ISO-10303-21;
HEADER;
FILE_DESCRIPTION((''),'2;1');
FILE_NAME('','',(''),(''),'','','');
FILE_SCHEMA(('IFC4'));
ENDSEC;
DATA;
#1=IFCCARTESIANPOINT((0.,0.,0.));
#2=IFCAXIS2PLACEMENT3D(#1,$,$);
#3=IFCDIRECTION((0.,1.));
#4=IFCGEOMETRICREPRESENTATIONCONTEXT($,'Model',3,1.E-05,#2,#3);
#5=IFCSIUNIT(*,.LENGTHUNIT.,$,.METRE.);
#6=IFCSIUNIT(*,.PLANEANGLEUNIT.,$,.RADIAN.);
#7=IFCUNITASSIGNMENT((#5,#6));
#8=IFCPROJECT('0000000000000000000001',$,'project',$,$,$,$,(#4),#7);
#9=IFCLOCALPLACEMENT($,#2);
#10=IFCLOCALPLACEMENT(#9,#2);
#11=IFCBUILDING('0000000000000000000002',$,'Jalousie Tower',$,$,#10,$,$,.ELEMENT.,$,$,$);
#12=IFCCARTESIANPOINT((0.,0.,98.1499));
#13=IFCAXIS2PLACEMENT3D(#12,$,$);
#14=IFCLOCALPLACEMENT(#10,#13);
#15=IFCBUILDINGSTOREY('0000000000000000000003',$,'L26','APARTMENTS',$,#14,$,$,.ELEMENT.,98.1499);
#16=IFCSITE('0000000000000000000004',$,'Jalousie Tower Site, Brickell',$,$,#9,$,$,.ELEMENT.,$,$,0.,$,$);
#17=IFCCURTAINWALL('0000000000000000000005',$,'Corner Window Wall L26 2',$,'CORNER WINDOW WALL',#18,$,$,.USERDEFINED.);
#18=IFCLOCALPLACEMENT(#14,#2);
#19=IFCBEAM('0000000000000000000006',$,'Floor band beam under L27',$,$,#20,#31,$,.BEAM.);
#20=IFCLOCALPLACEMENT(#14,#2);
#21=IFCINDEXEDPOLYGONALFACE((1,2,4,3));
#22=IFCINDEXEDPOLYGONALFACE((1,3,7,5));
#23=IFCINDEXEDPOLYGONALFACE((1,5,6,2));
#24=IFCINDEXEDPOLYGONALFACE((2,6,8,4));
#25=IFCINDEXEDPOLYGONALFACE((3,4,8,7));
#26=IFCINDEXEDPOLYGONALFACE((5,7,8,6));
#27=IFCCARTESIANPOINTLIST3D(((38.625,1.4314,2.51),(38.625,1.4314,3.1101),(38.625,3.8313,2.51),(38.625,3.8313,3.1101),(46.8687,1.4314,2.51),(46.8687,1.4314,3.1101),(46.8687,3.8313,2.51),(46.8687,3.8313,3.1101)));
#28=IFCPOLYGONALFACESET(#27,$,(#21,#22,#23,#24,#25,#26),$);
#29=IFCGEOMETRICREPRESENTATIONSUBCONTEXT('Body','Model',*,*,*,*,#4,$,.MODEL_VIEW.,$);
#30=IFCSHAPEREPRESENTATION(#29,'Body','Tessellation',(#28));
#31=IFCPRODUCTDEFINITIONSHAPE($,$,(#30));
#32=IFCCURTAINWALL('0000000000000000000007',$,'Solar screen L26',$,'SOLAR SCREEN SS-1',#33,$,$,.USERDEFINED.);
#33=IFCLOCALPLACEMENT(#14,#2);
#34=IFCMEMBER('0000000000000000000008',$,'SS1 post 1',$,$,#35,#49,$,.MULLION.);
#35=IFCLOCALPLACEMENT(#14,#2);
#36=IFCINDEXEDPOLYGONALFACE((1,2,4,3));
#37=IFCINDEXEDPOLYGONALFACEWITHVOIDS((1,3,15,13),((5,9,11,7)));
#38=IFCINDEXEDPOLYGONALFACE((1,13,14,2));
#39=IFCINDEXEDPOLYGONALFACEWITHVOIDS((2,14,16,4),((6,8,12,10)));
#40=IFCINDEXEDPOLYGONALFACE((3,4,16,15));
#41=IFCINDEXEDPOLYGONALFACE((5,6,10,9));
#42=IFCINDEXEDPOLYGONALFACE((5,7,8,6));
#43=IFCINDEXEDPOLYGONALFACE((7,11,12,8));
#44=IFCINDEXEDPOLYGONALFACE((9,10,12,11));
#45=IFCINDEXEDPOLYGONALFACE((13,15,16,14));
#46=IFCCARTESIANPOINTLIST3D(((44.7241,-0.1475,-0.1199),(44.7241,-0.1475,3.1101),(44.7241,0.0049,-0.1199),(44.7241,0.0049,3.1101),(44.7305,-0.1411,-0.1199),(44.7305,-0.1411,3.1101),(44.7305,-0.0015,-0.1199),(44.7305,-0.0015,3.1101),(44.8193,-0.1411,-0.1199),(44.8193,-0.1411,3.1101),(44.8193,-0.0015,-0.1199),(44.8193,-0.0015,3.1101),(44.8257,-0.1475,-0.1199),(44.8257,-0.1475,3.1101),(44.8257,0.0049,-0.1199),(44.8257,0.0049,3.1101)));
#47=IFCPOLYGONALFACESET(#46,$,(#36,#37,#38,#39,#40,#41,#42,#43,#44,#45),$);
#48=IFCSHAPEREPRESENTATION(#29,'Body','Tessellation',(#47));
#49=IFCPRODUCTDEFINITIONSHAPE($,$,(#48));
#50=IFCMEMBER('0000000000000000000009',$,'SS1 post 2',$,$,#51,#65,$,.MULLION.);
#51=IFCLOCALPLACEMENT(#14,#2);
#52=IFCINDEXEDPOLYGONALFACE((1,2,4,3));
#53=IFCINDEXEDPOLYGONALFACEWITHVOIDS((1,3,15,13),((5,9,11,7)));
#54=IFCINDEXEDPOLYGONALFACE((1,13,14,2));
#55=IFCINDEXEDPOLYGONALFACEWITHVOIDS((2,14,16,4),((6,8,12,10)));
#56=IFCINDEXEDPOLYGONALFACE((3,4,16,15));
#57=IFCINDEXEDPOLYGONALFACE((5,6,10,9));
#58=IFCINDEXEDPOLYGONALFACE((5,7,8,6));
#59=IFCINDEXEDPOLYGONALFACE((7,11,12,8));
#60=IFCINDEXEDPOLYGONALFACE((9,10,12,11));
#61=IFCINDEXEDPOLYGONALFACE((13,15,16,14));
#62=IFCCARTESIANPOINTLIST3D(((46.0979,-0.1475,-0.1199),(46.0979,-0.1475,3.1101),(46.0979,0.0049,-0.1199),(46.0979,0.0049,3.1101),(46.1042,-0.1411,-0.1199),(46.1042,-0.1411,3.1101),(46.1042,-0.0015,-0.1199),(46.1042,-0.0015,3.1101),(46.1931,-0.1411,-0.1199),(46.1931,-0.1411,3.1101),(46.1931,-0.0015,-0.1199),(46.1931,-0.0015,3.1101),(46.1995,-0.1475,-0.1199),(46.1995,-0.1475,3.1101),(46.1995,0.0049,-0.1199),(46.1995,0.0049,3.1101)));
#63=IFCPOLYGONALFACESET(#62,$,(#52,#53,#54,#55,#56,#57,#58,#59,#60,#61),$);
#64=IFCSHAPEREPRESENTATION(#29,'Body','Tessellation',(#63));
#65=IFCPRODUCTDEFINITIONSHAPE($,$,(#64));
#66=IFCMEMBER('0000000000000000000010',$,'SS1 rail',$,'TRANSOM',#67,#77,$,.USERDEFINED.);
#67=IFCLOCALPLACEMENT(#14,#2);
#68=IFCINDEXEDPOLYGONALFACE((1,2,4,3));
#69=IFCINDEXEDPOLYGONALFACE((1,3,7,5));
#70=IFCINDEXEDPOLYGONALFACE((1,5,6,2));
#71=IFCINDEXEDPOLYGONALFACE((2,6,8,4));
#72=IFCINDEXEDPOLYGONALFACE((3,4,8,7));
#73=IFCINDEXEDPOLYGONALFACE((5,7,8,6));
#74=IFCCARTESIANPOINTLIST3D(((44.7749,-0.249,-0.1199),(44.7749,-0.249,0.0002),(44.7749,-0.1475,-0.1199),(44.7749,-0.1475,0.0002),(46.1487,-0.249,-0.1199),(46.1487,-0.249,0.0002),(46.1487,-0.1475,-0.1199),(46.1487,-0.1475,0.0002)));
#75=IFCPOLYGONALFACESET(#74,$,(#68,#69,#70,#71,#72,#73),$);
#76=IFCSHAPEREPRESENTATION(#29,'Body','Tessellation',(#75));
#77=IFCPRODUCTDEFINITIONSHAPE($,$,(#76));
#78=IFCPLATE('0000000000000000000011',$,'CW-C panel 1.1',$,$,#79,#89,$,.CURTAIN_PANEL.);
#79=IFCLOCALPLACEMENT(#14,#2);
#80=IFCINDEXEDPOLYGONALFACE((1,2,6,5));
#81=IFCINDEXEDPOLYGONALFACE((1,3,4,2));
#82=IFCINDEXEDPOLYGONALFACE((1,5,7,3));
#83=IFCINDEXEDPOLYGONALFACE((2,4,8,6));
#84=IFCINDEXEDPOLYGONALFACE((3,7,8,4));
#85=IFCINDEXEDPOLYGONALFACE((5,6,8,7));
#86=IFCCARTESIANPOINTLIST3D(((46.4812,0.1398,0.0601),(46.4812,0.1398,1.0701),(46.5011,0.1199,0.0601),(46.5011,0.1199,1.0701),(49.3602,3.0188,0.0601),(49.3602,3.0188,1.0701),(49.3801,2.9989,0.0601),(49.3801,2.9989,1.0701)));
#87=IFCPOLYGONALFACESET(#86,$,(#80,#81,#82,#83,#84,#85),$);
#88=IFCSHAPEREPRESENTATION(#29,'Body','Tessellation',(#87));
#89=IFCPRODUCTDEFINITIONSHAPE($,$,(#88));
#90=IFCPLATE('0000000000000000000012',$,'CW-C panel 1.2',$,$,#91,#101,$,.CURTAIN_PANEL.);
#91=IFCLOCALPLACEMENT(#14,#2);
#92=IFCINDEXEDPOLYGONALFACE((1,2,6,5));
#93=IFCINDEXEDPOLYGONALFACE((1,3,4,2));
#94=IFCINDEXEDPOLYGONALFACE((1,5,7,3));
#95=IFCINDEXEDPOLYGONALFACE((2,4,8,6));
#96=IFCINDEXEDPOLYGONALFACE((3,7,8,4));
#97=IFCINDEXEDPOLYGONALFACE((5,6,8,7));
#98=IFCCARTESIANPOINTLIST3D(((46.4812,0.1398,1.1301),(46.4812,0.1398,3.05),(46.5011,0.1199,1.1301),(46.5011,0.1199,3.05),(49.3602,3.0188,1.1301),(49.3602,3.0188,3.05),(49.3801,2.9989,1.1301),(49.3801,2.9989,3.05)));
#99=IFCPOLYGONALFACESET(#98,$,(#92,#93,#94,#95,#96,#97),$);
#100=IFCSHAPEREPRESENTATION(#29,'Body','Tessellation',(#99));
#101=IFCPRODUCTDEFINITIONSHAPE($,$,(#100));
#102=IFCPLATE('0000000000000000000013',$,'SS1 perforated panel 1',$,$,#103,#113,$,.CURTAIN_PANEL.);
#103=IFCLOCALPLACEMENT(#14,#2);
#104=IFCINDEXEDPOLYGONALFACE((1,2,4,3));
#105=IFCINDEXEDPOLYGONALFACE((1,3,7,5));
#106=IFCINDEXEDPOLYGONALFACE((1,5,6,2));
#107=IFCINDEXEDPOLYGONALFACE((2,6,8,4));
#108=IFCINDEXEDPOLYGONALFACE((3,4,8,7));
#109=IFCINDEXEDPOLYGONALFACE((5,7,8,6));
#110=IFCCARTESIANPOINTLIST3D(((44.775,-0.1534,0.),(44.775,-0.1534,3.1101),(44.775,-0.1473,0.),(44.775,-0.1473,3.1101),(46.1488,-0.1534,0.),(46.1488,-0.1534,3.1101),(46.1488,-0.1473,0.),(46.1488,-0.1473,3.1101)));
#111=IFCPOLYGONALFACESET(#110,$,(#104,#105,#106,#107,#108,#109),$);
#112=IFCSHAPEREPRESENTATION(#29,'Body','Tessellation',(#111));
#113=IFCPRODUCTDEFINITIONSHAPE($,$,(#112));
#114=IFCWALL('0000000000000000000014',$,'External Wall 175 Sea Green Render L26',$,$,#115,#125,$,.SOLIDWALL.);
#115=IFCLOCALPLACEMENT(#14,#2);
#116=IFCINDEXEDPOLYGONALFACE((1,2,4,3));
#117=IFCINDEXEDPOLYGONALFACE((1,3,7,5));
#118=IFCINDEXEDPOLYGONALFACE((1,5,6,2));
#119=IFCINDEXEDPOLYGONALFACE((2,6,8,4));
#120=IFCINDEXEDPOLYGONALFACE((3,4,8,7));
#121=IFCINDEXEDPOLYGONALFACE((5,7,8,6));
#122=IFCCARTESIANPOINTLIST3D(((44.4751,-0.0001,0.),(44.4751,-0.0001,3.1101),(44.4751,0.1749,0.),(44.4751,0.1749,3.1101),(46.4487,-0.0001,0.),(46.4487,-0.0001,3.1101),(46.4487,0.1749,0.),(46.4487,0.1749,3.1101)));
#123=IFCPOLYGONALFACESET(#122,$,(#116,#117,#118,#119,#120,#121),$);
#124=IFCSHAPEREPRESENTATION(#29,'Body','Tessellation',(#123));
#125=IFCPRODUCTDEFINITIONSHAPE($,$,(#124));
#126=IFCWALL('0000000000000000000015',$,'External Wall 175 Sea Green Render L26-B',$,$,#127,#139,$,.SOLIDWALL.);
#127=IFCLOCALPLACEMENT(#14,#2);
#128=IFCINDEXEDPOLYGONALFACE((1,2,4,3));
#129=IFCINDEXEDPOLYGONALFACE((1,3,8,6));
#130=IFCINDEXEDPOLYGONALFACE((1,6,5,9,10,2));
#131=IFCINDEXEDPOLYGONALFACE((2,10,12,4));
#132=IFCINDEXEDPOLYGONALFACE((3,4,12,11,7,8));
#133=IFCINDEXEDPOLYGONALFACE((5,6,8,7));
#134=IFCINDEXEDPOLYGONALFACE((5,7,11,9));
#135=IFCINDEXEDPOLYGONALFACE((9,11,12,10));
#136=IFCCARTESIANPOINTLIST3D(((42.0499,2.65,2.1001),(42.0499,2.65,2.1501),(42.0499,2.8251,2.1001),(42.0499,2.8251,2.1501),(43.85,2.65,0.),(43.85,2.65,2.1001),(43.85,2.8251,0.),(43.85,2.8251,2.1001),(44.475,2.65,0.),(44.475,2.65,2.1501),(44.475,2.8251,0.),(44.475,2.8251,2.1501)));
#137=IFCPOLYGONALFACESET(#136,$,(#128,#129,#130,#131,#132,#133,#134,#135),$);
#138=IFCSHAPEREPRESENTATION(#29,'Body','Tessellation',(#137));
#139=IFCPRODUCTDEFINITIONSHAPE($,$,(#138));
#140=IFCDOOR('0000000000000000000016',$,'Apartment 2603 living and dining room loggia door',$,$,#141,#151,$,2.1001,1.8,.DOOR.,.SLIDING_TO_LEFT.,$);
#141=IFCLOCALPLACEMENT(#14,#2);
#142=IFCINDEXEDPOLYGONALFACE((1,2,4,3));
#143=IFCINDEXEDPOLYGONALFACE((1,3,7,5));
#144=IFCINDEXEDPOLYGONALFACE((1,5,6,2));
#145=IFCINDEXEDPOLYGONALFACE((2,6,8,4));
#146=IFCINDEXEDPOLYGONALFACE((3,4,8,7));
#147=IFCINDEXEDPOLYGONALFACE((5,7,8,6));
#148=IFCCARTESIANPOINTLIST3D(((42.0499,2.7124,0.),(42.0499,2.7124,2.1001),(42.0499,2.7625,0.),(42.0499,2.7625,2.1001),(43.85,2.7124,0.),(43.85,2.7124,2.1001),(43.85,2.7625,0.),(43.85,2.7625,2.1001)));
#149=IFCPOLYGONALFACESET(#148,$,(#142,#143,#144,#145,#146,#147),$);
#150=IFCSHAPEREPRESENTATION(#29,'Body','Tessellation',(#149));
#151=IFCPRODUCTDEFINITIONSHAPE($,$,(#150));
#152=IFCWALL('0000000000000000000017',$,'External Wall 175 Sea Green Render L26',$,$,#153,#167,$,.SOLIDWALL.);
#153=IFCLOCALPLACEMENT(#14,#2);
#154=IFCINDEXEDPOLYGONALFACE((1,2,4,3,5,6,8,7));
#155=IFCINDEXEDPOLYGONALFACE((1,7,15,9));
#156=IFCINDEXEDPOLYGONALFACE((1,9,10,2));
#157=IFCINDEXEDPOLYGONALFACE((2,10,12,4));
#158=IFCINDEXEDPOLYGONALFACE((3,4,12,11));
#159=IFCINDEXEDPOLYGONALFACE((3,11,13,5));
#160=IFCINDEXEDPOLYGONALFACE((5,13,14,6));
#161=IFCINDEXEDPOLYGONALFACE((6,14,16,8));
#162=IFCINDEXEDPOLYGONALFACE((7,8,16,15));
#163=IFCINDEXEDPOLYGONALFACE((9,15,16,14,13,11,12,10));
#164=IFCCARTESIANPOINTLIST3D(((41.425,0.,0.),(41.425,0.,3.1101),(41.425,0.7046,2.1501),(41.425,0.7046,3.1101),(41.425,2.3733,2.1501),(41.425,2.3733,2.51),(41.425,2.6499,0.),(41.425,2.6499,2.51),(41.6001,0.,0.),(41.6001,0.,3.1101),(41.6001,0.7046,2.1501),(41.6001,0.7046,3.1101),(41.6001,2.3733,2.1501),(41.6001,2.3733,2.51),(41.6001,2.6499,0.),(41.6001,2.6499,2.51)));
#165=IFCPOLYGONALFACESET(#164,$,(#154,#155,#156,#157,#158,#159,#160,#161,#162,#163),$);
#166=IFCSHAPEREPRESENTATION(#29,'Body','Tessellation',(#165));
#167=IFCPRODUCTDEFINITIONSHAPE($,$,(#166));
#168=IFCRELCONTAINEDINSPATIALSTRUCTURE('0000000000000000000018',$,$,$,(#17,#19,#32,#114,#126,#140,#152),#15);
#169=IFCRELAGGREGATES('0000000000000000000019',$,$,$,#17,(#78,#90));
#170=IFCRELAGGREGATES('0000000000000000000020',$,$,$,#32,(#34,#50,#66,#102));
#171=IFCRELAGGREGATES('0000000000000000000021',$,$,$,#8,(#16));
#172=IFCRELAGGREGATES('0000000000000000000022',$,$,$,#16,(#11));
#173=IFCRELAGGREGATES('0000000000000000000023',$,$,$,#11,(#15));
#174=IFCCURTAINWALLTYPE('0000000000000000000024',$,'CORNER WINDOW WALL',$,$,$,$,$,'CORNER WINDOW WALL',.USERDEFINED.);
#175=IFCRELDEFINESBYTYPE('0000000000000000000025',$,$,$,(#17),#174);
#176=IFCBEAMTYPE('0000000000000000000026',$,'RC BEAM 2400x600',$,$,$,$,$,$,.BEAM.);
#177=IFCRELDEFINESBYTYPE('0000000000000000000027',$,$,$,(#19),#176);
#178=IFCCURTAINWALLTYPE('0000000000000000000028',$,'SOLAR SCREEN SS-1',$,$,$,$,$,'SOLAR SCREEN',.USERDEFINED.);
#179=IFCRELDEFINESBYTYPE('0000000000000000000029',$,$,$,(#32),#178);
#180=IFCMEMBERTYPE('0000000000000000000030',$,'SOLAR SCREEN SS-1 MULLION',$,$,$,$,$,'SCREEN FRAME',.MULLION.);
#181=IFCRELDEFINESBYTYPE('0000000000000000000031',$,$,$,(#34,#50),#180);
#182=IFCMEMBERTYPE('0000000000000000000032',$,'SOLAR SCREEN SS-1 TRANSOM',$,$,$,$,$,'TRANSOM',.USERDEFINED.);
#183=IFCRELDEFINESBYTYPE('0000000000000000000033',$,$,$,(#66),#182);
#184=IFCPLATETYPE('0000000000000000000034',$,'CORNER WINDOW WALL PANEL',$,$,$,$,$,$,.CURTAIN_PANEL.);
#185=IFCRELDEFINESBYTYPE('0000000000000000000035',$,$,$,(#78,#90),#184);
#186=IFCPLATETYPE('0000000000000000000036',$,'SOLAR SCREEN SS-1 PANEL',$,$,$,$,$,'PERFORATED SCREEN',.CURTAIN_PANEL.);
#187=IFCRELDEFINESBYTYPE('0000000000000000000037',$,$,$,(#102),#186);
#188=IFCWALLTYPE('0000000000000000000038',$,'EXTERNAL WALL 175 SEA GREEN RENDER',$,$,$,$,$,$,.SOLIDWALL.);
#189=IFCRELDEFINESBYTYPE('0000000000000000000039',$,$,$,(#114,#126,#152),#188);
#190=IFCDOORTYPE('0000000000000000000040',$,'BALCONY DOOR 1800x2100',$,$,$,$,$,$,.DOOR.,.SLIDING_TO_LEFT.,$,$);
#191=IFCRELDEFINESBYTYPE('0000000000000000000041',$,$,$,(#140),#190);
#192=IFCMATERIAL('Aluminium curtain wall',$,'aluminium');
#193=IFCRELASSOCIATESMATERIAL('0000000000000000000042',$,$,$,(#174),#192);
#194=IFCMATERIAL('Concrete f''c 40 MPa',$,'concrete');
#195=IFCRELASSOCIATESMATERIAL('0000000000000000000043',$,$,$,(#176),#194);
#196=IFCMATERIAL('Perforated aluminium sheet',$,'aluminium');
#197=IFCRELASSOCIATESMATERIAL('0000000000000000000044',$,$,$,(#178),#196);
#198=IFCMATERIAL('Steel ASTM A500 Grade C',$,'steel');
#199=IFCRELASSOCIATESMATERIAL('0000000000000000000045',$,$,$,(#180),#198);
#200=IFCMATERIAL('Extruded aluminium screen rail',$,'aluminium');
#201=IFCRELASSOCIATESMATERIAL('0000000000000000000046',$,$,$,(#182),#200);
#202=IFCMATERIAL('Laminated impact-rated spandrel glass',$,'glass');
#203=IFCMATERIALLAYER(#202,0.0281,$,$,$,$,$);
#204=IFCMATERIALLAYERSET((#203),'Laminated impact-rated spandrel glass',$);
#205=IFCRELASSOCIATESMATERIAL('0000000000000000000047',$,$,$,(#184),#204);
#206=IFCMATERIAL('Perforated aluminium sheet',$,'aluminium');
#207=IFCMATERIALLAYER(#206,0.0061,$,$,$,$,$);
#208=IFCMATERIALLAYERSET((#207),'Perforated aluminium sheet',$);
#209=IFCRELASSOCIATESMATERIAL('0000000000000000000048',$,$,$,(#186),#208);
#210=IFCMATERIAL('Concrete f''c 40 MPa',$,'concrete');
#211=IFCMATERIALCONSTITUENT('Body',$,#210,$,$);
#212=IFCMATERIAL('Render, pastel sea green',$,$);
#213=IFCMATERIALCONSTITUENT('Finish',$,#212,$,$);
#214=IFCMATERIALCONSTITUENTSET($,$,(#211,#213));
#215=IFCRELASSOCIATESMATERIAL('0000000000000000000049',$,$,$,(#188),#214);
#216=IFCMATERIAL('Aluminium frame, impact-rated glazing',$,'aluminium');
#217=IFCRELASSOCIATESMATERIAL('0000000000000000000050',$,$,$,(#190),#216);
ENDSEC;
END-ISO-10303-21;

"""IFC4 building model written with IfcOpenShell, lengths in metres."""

from ifc_helpers import new_model, si_unit, direction, frame, frame_2d, origin, origin_2d, place, context, subcontext, project, spatial, polyline, rectangle, hollow_rectangle, outline, extrude, material, layer, layer_set, constituent, constituent_set, material_profile, profile_set, type_object, element, fill, aggregate, save


model = new_model("IFC4")

# Units and contexts
model_context = context("Model", 3, precision=1e-05, world=origin(), true_north=direction((0.0, 1.0)))
body_context = subcontext(model_context, "Body", "Model", "MODEL_VIEW")
ifc_project = project(units=[si_unit("LENGTHUNIT", "METRE"), si_unit("PLANEANGLEUNIT", "RADIAN")], contexts=[model_context])

# Site, building, storey
site_placement = place(None, origin())
site = spatial("IfcSite", under=ifc_project, at=site_placement, Name="Jalousie Tower Site, Brickell", CompositionType="ELEMENT", RefElevation=0.0)
building_placement = place(site_placement, origin())
building = spatial("IfcBuilding", under=site, at=building_placement, Name="Jalousie Tower", CompositionType="ELEMENT")
storey_placement = place(building_placement, frame((0.0, 0.0, 98.1499)))
storey = spatial("IfcBuildingStorey", under=building, at=storey_placement, Name="L26", Description="APARTMENTS", CompositionType="ELEMENT", Elevation=98.1499)

# Curtain wall
ifc_material_1 = material(Name="Aluminium curtain wall", Category="aluminium")
curtain_wall_type_1 = type_object("IfcCurtainWallType", Name="CORNER WINDOW WALL", ElementType="CORNER WINDOW WALL", PredefinedType="USERDEFINED", material=ifc_material_1)
curtain_wall_1_placement = place(storey_placement, origin())
curtain_wall_1 = element("IfcCurtainWall", 1, at=curtain_wall_1_placement, inside=storey, type_object=curtain_wall_type_1, Name="Corner Window Wall L26 2", ObjectType="CORNER WINDOW WALL", PredefinedType="USERDEFINED")

# Beam
ifc_material_2 = material(Name="Concrete f'c 40 MPa", Category="concrete")
ifc_material_profile_1 = material_profile(ifc_material_2, rectangle(XDim=2.3999, YDim=0.6001, at=origin_2d()), Name="RC 2400x600")
ifc_profile_set_1 = profile_set([ifc_material_profile_1], Name="Concrete f'c 40 MPa")
beam_type_1 = type_object("IfcBeamType", Name="RC BEAM 2400x600", PredefinedType="BEAM", material=ifc_profile_set_1)
beam_1_placement = place(storey_placement, frame((46.8687, 2.6313, 2.8101), z_axis=(-1.0, 0.0, 0.0), x_axis=(0.0, -1.0, 0.0)))
element("IfcBeam", 2, at=beam_1_placement, inside=storey, type_object=beam_type_1, Name="Floor band beam under L27", PredefinedType="BEAM", context=body_context, shape_type="SweptSolid", body=[
    extrude(rectangle(XDim=2.3999, YDim=0.6001, at=origin_2d()), origin(), (0.0, 0.0, 1.0), 8.2437),
])

# Curtain wall, members
ifc_material_3 = material(Name="Perforated aluminium sheet", Category="aluminium")
curtain_wall_type_2 = type_object("IfcCurtainWallType", Name="SOLAR SCREEN SS-1", ElementType="SOLAR SCREEN", PredefinedType="USERDEFINED", material=ifc_material_3)
curtain_wall_2_placement = place(storey_placement, origin())
curtain_wall_2 = element("IfcCurtainWall", 3, at=curtain_wall_2_placement, inside=storey, type_object=curtain_wall_type_2, Name="Solar screen L26", ObjectType="SOLAR SCREEN SS-1", PredefinedType="USERDEFINED")
ifc_material_4 = material(Name="Steel ASTM A500 Grade C", Category="steel")
ifc_material_profile_2 = material_profile(ifc_material_4, hollow_rectangle(XDim=0.1016, YDim=0.1523, WallThickness=0.0063, at=origin_2d()), Name="HSS6X4X1/4")
ifc_profile_set_2 = profile_set([ifc_material_profile_2], Name="Steel ASTM A500 Grade C")
member_type_1 = type_object("IfcMemberType", Name="SOLAR SCREEN SS-1 MULLION", ElementType="SCREEN FRAME", PredefinedType="MULLION", material=ifc_profile_set_2)
member_1_placement = place(storey_placement, frame((44.7749, -0.0713, -0.1199), z_axis=(0.0, 0.0, 1.0), x_axis=(1.0, 0.0, 0.0)))
member_1 = element("IfcMember", 4, at=member_1_placement, type_object=member_type_1, Name="SS1 post 1", PredefinedType="MULLION", context=body_context, shape_type="SweptSolid", body=[
    extrude(hollow_rectangle(XDim=0.1016, YDim=0.1523, WallThickness=0.0063, at=origin_2d()), origin(), (0.0, 0.0, 1.0), 3.23),
])
member_2_placement = place(storey_placement, frame((46.1487, -0.0713, -0.1199), z_axis=(0.0, 0.0, 1.0), x_axis=(1.0, 0.0, 0.0)))
member_2 = element("IfcMember", 5, at=member_2_placement, type_object=member_type_1, Name="SS1 post 2", PredefinedType="MULLION", context=body_context, shape_type="SweptSolid", body=[
    extrude(hollow_rectangle(XDim=0.1016, YDim=0.1523, WallThickness=0.0063, at=origin_2d()), origin(), (0.0, 0.0, 1.0), 3.23),
])
ifc_material_5 = material(Name="Extruded aluminium screen rail", Category="aluminium")
ifc_material_profile_3 = material_profile(ifc_material_5, rectangle(XDim=0.1016, YDim=0.1201, at=origin_2d()), Name="RAIL 102x120")
ifc_profile_set_3 = profile_set([ifc_material_profile_3], Name="Extruded aluminium screen rail")
member_type_2 = type_object("IfcMemberType", Name="SOLAR SCREEN SS-1 TRANSOM", ElementType="TRANSOM", PredefinedType="USERDEFINED", material=ifc_profile_set_3)
member_3_placement = place(storey_placement, frame((44.7749, -0.1982, -0.0598), z_axis=(1.0, 0.0, 0.0), x_axis=(0.0, 1.0, 0.0)))
member_3 = element("IfcMember", 6, at=member_3_placement, type_object=member_type_2, Name="SS1 rail", ObjectType="TRANSOM", PredefinedType="USERDEFINED", context=body_context, shape_type="SweptSolid", body=[
    extrude(rectangle(XDim=0.1016, YDim=0.1201, at=origin_2d()), origin(), (0.0, 0.0, 1.0), 1.3738),
])

# Plates
ifc_material_6 = material(Name="Laminated impact-rated spandrel glass", Category="glass")
ifc_layer_1 = layer(ifc_material_6, 0.0281)
ifc_layer_set_1 = layer_set([ifc_layer_1], Name="Laminated impact-rated spandrel glass")
plate_type_1 = type_object("IfcPlateType", Name="CORNER WINDOW WALL PANEL", PredefinedType="CURTAIN_PANEL", material=ifc_layer_set_1)
plate_1_placement = place(storey_placement, frame((47.9307, 1.5693, 0.0601), z_axis=(0.0, 0.0, 1.0), x_axis=(0.707107, 0.707107, 0.0)))
plate_1 = element("IfcPlate", 7, at=plate_1_placement, type_object=plate_type_1, Name="CW-C panel 1.1", PredefinedType="CURTAIN_PANEL", context=body_context, shape_type="SweptSolid", body=[
    extrude(rectangle(XDim=4.0715, YDim=0.0281, at=origin_2d()), origin(), (0.0, 0.0, 1.0), 1.01),
])
plate_2_placement = place(storey_placement, frame((47.9307, 1.5693, 1.1301), z_axis=(0.0, 0.0, 1.0), x_axis=(0.707107, 0.707107, 0.0)))
plate_2 = element("IfcPlate", 8, at=plate_2_placement, type_object=plate_type_1, Name="CW-C panel 1.2", PredefinedType="CURTAIN_PANEL", context=body_context, shape_type="SweptSolid", body=[
    extrude(rectangle(XDim=4.0715, YDim=0.0281, at=origin_2d()), origin(), (0.0, 0.0, 1.0), 1.9199),
])
aggregate(curtain_wall_1, [plate_1, plate_2])
ifc_material_7 = material(Name="Perforated aluminium sheet", Category="aluminium")
ifc_layer_2 = layer(ifc_material_7, 0.0061)
ifc_layer_set_2 = layer_set([ifc_layer_2], Name="Perforated aluminium sheet")
plate_type_2 = type_object("IfcPlateType", Name="SOLAR SCREEN SS-1 PANEL", ElementType="PERFORATED SCREEN", PredefinedType="CURTAIN_PANEL", material=ifc_layer_set_2)
plate_3_placement = place(storey_placement, frame((45.4619, -0.1504, 0.0), z_axis=(0.0, 0.0, 1.0), x_axis=(1.0, 0.0, 0.0)))
plate_3 = element("IfcPlate", 9, at=plate_3_placement, type_object=plate_type_2, Name="SS1 perforated panel 1", PredefinedType="CURTAIN_PANEL", context=body_context, shape_type="SweptSolid", body=[
    extrude(rectangle(XDim=1.3738, YDim=0.0061, at=origin_2d()), origin(), (0.0, 0.0, 1.0), 3.1101),
])
aggregate(curtain_wall_2, [member_1, member_2, member_3, plate_3])

# Wall
ifc_material_8 = material(Name="Concrete f'c 40 MPa", Category="concrete")
ifc_constituent_1 = constituent(ifc_material_8, Name="Body")
ifc_material_9 = material(Name="Render, pastel sea green")
ifc_constituent_2 = constituent(ifc_material_9, Name="Finish")
ifc_constituent_set = constituent_set(constituents=[ifc_constituent_1, ifc_constituent_2])
wall_type = type_object("IfcWallType", Name="EXTERNAL WALL 175 SEA GREEN RENDER", PredefinedType="SOLIDWALL", material=ifc_constituent_set)
wall_1_placement = place(storey_placement, frame((44.4751, 0.0874, 0.0), z_axis=(0.0, 0.0, 1.0), x_axis=(1.0, 0.0, 0.0)))
element("IfcWall", 10, at=wall_1_placement, inside=storey, type_object=wall_type, Name="External Wall 175 Sea Green Render L26", PredefinedType="SOLIDWALL", context=body_context, shape_type="SweptSolid", body=[
    extrude(rectangle(XDim=1.9736, YDim=0.175, at=frame_2d((0.9868, 0.0))), origin(), (0.0, 0.0, 1.0), 3.1101),
])

# Wall, opening, door
wall_2_placement = place(storey_placement, frame((42.05, 2.7375, 0.0), z_axis=(0.0, 0.0, 1.0), x_axis=(1.0, 0.0, 0.0)))
wall_2 = element("IfcWall", 11, at=wall_2_placement, inside=storey, type_object=wall_type, Name="External Wall 175 Sea Green Render L26-B", PredefinedType="SOLIDWALL", context=body_context, shape_type="SweptSolid", body=[
    extrude(rectangle(XDim=2.425, YDim=0.175, at=frame_2d((1.2124, 0.0))), origin(), (0.0, 0.0, 1.0), 2.1501),
])
opening_1_placement = place(wall_2_placement, origin())
opening_1 = element("IfcOpeningElement", 12, at=opening_1_placement, cuts=wall_2, PredefinedType="OPENING", context=body_context, shape_type="SweptSolid", body=[
    extrude(rectangle(XDim=1.8, YDim=2.1001, at=frame_2d((0.8999, 1.05))), frame((0.0, 0.0974, 0.0), z_axis=(0.0, -1.0, 0.0), x_axis=(1.0, 0.0, 0.0)), (0.0, 0.0, 1.0), 0.1951),
])
ifc_material_10 = material(Name="Aluminium frame, impact-rated glazing", Category="aluminium")
door_type = type_object("IfcDoorType", Name="BALCONY DOOR 1800x2100", OperationType="SLIDING_TO_LEFT", PredefinedType="DOOR", material=ifc_material_10)
door_placement = place(opening_1_placement, origin())
door = element("IfcDoor", 13, at=door_placement, inside=storey, type_object=door_type, Name="Apartment 2603 living and dining room loggia door", OperationType="SLIDING_TO_LEFT", OverallHeight=2.1001, OverallWidth=1.8, PredefinedType="DOOR", context=body_context, shape_type="SweptSolid", body=[
    extrude(rectangle(XDim=1.8, YDim=2.1001, at=frame_2d((0.8999, 1.05))), frame((0.0, 0.0249, 0.0), z_axis=(0.0, -1.0, 0.0), x_axis=(1.0, 0.0, 0.0)), (0.0, 0.0, 1.0), 0.05),
])
fill(opening_1, door)

# Wall
wall_3_placement = place(storey_placement, frame((41.5125, 0.0, 0.0), z_axis=(0.0, 0.0, 1.0), x_axis=(0.0, 1.0, 0.0)))
element("IfcWall", 14, at=wall_3_placement, inside=storey, type_object=wall_type, Name="External Wall 175 Sea Green Render L26", PredefinedType="SOLIDWALL", context=body_context, shape_type="SweptSolid", body=[
    extrude(outline(polyline([(0.0, 0.0), (2.6499, 0.0), (2.6499, 2.51), (2.3733, 2.51), (2.3733, 2.1501), (0.7046, 2.1501), (0.7046, 3.1101), (0.0, 3.1101), (0.0, 0.0)])), frame((0.0, 0.0874, 0.0), z_axis=(0.0, -1.0, 0.0), x_axis=(1.0, 0.0, 0.0)), (0.0, 0.0, 1.0), 0.175),
])

save(model, "model.ifc")
